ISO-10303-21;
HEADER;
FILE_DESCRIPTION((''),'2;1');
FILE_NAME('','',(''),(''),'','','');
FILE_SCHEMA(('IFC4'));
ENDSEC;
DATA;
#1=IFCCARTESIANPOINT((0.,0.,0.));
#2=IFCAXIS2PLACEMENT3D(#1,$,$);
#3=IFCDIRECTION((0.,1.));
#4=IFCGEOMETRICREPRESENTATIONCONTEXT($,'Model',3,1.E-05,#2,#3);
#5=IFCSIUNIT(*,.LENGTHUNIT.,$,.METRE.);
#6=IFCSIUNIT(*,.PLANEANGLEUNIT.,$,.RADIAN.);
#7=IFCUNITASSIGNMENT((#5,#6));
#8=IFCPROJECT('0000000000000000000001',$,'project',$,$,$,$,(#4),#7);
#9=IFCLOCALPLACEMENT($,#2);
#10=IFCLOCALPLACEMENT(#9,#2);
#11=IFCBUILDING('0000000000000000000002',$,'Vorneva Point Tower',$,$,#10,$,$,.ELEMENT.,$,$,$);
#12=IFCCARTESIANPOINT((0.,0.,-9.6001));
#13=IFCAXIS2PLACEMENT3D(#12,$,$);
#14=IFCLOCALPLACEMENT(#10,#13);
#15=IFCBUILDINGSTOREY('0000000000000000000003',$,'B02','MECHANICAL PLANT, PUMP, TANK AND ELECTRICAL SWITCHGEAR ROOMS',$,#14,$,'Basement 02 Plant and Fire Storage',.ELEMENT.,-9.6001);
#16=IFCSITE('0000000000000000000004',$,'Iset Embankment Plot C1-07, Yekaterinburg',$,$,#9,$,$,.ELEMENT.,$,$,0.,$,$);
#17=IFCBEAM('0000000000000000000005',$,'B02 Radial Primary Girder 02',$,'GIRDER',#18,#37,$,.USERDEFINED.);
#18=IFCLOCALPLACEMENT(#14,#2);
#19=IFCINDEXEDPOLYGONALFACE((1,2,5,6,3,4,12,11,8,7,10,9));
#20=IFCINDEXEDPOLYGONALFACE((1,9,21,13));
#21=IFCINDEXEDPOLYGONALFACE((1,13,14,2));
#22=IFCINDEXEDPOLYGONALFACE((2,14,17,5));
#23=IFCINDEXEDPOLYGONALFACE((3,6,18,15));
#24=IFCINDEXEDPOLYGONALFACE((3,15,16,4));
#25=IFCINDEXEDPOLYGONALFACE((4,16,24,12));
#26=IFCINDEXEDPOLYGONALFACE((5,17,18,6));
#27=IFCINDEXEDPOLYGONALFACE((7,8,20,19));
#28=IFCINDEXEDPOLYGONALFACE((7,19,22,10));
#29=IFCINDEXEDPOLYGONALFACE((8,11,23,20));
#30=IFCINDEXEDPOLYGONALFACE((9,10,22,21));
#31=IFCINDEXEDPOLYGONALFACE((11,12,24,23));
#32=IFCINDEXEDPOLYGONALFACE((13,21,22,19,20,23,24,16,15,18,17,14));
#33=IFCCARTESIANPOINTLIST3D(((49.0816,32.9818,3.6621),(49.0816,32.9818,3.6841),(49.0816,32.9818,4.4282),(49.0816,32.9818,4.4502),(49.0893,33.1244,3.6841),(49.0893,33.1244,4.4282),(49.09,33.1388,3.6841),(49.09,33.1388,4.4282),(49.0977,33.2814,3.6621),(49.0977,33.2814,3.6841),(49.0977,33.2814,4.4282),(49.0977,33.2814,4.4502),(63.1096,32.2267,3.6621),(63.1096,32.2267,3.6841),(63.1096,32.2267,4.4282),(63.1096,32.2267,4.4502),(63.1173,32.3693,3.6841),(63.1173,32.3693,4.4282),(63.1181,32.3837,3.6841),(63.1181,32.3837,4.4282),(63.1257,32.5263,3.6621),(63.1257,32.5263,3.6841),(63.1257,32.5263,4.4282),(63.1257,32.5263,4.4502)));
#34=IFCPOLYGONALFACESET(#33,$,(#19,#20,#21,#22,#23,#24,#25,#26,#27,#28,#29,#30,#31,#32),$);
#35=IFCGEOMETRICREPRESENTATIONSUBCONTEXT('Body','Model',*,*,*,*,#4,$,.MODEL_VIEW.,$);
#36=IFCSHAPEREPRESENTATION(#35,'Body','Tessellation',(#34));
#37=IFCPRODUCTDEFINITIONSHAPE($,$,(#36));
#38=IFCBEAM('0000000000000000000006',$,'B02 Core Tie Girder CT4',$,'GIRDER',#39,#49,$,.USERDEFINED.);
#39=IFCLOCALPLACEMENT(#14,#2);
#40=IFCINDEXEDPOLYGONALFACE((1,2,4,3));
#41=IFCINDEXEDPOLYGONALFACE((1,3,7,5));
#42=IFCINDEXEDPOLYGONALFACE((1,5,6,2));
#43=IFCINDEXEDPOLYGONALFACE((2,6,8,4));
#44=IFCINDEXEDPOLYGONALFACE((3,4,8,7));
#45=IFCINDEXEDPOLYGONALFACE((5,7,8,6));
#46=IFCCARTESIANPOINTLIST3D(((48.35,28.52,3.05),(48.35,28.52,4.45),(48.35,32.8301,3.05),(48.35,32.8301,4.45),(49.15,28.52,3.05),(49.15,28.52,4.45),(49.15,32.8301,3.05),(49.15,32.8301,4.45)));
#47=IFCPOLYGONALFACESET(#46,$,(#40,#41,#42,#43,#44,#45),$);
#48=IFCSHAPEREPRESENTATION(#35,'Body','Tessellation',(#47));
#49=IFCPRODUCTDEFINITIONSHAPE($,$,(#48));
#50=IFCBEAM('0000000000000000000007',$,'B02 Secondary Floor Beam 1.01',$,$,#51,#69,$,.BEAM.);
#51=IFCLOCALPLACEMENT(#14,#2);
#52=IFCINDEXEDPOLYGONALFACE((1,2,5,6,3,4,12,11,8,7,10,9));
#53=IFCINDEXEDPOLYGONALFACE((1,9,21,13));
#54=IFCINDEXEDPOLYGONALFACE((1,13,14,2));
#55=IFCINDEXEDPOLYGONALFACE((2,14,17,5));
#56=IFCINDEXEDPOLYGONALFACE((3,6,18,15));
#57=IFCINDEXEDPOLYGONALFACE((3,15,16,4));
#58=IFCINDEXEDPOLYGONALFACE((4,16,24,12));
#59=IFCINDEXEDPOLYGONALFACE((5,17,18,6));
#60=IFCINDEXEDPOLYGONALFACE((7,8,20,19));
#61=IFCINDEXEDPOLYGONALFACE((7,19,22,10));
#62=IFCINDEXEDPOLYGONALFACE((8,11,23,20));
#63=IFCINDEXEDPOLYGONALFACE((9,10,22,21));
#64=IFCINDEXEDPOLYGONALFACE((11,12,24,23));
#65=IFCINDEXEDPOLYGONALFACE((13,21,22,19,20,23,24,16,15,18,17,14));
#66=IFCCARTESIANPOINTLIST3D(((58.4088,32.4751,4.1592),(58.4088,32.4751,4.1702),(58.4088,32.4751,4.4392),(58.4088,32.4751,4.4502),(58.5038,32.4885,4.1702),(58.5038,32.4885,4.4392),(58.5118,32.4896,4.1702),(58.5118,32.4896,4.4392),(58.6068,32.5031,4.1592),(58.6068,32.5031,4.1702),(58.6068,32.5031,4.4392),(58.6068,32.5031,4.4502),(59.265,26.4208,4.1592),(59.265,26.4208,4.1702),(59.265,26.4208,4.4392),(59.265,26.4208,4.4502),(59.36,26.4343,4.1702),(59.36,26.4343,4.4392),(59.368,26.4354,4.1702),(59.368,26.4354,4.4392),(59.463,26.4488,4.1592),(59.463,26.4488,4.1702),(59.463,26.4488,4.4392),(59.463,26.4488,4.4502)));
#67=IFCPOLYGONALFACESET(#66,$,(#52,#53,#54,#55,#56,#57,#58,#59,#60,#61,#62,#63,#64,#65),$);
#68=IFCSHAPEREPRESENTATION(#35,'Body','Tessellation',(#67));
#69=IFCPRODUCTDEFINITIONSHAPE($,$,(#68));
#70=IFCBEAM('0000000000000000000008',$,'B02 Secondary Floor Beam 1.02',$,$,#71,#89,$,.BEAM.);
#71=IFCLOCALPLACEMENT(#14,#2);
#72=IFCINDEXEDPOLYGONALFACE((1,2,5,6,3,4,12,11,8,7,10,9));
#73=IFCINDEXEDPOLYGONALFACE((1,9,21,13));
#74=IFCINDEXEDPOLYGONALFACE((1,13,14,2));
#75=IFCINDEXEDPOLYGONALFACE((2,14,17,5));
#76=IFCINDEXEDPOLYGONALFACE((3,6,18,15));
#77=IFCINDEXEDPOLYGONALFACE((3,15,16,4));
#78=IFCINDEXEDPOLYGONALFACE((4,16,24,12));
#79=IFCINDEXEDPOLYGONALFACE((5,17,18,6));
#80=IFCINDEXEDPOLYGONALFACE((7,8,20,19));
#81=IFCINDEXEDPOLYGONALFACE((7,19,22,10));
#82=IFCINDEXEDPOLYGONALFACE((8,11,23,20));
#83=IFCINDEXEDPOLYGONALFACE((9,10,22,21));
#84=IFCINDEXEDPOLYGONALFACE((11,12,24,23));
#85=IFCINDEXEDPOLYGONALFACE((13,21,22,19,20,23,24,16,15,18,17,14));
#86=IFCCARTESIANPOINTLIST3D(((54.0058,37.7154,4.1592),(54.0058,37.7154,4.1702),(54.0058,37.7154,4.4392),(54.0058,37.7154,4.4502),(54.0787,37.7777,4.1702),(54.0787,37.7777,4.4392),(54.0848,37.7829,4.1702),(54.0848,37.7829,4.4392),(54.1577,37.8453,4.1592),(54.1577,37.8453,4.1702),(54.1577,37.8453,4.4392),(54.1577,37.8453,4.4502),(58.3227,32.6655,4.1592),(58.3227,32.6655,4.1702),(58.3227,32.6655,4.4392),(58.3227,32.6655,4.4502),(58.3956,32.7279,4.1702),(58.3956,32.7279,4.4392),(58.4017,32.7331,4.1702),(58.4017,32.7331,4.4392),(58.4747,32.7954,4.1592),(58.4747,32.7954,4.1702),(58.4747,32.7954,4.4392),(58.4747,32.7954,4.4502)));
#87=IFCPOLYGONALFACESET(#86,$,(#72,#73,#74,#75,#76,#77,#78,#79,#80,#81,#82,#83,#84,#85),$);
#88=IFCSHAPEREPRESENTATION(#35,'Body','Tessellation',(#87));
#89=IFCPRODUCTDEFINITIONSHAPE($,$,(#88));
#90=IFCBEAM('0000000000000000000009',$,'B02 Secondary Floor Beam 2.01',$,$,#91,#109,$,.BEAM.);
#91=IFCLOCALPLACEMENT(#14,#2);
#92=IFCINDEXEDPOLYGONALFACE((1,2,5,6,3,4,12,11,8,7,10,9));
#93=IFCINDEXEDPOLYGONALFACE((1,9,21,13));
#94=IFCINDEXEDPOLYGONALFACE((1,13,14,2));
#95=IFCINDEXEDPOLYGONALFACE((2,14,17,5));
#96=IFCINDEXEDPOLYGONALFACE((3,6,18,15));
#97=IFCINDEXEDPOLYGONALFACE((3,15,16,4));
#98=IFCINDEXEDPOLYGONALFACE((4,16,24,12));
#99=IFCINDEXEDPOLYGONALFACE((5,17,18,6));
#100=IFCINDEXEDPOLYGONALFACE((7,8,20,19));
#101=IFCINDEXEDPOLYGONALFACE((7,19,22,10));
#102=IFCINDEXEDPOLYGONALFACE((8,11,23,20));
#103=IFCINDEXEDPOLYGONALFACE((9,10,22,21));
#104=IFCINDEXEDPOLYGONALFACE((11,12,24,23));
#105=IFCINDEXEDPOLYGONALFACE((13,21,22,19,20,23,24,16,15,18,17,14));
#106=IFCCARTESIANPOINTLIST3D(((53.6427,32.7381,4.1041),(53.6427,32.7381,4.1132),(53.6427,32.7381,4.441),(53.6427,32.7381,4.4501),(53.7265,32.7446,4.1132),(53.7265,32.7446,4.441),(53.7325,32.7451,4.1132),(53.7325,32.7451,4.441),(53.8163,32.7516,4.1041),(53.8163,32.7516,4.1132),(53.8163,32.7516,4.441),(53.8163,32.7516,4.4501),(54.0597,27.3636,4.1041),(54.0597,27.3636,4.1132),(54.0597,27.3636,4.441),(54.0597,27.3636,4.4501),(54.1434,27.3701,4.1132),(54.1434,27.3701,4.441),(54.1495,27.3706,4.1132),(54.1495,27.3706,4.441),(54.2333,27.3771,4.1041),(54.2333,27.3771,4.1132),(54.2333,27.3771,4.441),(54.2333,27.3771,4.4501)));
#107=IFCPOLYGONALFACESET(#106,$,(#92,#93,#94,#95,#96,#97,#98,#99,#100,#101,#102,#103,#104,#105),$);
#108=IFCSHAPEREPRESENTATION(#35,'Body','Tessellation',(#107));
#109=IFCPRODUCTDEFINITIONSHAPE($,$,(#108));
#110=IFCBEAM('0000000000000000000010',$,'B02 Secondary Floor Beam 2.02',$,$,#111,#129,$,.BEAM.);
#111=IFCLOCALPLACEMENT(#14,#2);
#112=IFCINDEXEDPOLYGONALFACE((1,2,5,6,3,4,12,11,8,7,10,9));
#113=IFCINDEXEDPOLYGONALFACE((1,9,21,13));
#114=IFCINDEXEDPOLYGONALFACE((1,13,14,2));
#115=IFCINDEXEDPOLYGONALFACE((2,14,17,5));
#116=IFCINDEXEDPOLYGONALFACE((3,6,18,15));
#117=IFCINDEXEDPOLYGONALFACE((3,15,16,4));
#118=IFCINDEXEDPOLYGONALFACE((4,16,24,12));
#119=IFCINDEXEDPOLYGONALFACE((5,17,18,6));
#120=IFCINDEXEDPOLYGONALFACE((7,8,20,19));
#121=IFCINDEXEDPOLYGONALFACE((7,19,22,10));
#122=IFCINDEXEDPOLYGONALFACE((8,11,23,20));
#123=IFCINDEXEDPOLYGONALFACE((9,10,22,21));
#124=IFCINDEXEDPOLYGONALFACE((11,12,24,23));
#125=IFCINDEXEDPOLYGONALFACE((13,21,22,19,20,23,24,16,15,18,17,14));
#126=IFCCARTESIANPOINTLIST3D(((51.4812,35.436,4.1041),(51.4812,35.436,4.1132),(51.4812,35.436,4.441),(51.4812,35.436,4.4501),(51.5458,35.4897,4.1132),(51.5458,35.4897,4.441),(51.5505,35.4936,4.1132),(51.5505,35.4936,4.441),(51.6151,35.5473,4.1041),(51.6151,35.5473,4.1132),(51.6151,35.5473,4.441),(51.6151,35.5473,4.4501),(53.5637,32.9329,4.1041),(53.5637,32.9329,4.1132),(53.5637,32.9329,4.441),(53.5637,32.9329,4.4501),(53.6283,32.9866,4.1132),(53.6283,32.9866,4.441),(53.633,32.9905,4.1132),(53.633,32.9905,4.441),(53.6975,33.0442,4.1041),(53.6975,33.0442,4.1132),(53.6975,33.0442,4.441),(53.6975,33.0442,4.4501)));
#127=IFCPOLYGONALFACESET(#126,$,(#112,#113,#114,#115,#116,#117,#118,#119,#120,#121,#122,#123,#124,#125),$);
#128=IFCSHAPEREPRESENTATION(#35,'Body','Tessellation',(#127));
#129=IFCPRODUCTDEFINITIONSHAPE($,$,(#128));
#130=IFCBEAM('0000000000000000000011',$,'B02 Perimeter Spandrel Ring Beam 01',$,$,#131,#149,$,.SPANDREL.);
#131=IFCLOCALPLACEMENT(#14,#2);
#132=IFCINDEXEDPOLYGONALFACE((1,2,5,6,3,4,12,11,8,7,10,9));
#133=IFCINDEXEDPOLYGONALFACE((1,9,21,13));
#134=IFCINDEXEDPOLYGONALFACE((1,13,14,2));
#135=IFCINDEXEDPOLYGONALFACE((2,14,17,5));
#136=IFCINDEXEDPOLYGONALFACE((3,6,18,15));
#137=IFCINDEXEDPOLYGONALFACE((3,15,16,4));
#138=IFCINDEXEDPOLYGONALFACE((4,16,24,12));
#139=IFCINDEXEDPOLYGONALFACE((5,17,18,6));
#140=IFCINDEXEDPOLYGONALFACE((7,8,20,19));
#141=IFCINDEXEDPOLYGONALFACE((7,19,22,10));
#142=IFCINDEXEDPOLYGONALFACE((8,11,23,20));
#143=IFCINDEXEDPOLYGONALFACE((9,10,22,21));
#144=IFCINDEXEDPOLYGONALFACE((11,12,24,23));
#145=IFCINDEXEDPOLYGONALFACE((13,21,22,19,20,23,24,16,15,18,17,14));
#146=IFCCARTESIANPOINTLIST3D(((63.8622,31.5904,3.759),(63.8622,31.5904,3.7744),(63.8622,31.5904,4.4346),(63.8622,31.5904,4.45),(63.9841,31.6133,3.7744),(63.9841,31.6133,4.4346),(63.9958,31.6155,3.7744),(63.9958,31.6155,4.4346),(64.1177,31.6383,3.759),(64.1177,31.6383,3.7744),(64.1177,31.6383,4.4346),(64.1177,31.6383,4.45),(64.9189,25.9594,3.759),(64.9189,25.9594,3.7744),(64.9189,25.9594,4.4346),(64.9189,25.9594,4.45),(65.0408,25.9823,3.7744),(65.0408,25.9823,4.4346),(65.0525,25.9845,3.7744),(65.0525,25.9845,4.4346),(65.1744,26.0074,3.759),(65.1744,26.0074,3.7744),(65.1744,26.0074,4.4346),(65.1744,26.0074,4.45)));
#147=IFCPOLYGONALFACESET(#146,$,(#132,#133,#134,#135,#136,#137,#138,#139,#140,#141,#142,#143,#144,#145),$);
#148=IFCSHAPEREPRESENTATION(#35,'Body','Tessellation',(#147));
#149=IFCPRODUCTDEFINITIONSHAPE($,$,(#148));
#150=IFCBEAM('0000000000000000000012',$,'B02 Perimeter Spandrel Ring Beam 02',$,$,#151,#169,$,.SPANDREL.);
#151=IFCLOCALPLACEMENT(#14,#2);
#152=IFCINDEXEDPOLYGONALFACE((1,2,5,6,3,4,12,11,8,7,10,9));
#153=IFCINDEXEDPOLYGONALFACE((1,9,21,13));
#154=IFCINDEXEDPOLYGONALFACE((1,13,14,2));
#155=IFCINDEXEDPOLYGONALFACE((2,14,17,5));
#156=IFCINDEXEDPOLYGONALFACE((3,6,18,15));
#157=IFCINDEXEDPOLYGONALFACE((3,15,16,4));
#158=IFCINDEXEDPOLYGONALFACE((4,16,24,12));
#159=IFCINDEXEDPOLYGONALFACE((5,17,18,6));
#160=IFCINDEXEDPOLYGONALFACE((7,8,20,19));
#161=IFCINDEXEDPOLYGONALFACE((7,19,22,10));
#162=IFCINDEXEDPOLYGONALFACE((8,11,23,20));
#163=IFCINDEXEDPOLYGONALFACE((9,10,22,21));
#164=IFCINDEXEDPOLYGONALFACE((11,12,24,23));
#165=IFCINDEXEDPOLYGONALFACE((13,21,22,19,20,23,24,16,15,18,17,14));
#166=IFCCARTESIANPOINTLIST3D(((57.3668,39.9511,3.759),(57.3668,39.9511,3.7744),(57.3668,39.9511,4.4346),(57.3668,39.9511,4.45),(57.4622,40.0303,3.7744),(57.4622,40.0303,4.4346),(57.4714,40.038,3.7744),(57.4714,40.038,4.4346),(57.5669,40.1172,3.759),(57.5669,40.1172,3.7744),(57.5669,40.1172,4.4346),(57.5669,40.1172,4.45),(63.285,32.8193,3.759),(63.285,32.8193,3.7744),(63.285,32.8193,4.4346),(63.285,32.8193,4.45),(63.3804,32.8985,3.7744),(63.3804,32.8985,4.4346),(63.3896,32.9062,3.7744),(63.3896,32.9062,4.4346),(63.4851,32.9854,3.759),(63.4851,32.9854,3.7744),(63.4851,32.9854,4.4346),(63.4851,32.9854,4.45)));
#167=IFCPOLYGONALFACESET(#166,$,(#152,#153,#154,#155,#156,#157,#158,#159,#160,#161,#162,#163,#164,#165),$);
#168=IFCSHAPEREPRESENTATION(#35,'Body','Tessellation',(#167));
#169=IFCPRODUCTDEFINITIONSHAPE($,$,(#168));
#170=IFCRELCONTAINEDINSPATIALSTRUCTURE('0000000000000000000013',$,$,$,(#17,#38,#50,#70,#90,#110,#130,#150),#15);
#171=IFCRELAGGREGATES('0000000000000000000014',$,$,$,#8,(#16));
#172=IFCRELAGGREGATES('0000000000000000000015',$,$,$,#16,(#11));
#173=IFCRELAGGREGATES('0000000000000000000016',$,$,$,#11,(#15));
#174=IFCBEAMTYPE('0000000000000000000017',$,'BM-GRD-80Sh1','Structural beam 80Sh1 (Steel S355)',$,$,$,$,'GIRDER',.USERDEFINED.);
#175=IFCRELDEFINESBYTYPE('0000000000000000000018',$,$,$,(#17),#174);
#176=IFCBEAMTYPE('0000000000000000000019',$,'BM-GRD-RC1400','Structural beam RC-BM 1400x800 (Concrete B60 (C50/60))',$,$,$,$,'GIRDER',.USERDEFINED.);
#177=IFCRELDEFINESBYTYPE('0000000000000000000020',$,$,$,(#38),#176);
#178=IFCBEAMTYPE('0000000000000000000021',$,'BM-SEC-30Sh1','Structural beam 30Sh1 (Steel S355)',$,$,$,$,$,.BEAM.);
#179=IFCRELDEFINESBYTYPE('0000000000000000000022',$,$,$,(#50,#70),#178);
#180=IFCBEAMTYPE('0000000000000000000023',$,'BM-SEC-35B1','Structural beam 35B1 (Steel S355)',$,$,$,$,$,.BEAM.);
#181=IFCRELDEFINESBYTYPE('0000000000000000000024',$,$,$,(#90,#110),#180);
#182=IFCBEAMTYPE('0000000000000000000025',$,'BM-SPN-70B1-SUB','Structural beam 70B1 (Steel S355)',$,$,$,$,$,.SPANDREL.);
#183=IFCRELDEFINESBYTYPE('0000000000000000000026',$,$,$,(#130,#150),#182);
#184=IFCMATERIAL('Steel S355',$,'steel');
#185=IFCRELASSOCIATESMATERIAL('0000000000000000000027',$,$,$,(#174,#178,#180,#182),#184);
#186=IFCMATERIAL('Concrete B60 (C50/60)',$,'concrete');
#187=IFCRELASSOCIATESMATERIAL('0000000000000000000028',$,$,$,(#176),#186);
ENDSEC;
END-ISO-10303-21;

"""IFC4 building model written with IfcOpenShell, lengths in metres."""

from ifc_helpers import new_model, si_unit, direction, frame, origin, origin_2d, place, context, subcontext, project, spatial, rectangle, i_section, extrude, material, material_profile, profile_set, type_object, element, save


model = new_model("IFC4")

# Units and contexts
model_context = context("Model", 3, precision=1e-05, world=origin(), true_north=direction((0.0, 1.0)))
body_context = subcontext(model_context, "Body", "Model", "MODEL_VIEW")
ifc_project = project(units=[si_unit("LENGTHUNIT", "METRE"), si_unit("PLANEANGLEUNIT", "RADIAN")], contexts=[model_context])

# Site, building, storey
site_placement = place(None, origin())
site = spatial("IfcSite", under=ifc_project, at=site_placement, Name="Iset Embankment Plot C1-07, Yekaterinburg", CompositionType="ELEMENT", RefElevation=0.0)
building_placement = place(site_placement, origin())
building = spatial("IfcBuilding", under=site, at=building_placement, Name="Vorneva Point Tower", CompositionType="ELEMENT")
storey_placement = place(building_placement, frame((0.0, 0.0, -9.6001)))
storey = spatial("IfcBuildingStorey", under=building, at=storey_placement, Name="B02", Description="MECHANICAL PLANT, PUMP, TANK AND ELECTRICAL SWITCHGEAR ROOMS", LongName="Basement 02 Plant and Fire Storage", CompositionType="ELEMENT", Elevation=-9.6001)

# Shared definitions
ifc_material_1 = material(Name="Concrete B60 (C50/60)", Category="concrete")

# Beams
ifc_material_2 = material(Name="Steel S355", Category="steel")
ifc_material_profile_1 = material_profile(ifc_material_2, i_section(OverallWidth=0.3, OverallDepth=0.7881, WebThickness=0.0144, FlangeThickness=0.022, at=origin_2d()), Name="80Sh1")
ifc_profile_set_1 = profile_set([ifc_material_profile_1], Name="Steel S355")
beam_type_1 = type_object("IfcBeamType", Name="BM-GRD-80Sh1", Description="Structural beam 80Sh1 (Steel S355)", ElementType="GIRDER", PredefinedType="USERDEFINED", material=ifc_profile_set_1)
beam_1_placement = place(storey_placement, frame((63.1177, 32.3765, 4.0562), z_axis=(-0.998554, 0.053752, 0.0), x_axis=(-0.053752, -0.998554, 0.0)))
element("IfcBeam", 1, at=beam_1_placement, inside=storey, type_object=beam_type_1, Name="B02 Radial Primary Girder 02", ObjectType="GIRDER", PredefinedType="USERDEFINED", context=body_context, shape_type="SweptSolid", body=[
    extrude(i_section(OverallWidth=0.3, OverallDepth=0.7881, WebThickness=0.0144, FlangeThickness=0.022, at=origin_2d()), origin(), (0.0, 0.0, 1.0), 14.0483),
])
ifc_material_profile_2 = material_profile(ifc_material_1, rectangle(XDim=0.8, YDim=1.3999, at=origin_2d()), Name="RC-BM 1400x800")
ifc_profile_set_2 = profile_set([ifc_material_profile_2], Name="Concrete B60 (C50/60)")
beam_type_2 = type_object("IfcBeamType", Name="BM-GRD-RC1400", Description="Structural beam RC-BM 1400x800 (Concrete B60 (C50/60))", ElementType="GIRDER", PredefinedType="USERDEFINED", material=ifc_profile_set_2)
beam_2_placement = place(storey_placement, frame((48.75, 28.52, 3.75), z_axis=(0.0, 1.0, 0.0), x_axis=(-1.0, 0.0, 0.0)))
element("IfcBeam", 2, at=beam_2_placement, inside=storey, type_object=beam_type_2, Name="B02 Core Tie Girder CT4", ObjectType="GIRDER", PredefinedType="USERDEFINED", context=body_context, shape_type="SweptSolid", body=[
    extrude(rectangle(XDim=0.8, YDim=1.3999, at=origin_2d()), origin(), (0.0, 0.0, 1.0), 4.3101),
])
ifc_material_profile_3 = material_profile(ifc_material_2, i_section(OverallWidth=0.2, OverallDepth=0.291, WebThickness=0.0081, FlangeThickness=0.011, at=origin_2d()), Name="30Sh1")
ifc_profile_set_3 = profile_set([ifc_material_profile_3], Name="Steel S355")
beam_type_3 = type_object("IfcBeamType", Name="BM-SEC-30Sh1", Description="Structural beam 30Sh1 (Steel S355)", PredefinedType="BEAM", material=ifc_profile_set_3)
beam_3_placement = place(storey_placement, frame((59.364, 26.4348, 4.3047), z_axis=(-0.140029, 0.990147, 0.0), x_axis=(-0.990147, -0.140029, 0.0)))
element("IfcBeam", 3, at=beam_3_placement, inside=storey, type_object=beam_type_3, Name="B02 Secondary Floor Beam 1.01", PredefinedType="BEAM", context=body_context, shape_type="SweptSolid", body=[
    extrude(i_section(OverallWidth=0.2, OverallDepth=0.291, WebThickness=0.0081, FlangeThickness=0.011, at=origin_2d()), origin(), (0.0, 0.0, 1.0), 6.1145),
])
beam_4_placement = place(storey_placement, frame((58.3987, 32.7305, 4.3047), z_axis=(-0.649792, 0.760112, 0.0), x_axis=(-0.760112, -0.649792, 0.0)))
element("IfcBeam", 4, at=beam_4_placement, inside=storey, type_object=beam_type_3, Name="B02 Secondary Floor Beam 1.02", PredefinedType="BEAM", context=body_context, shape_type="SweptSolid", body=[
    extrude(i_section(OverallWidth=0.2, OverallDepth=0.291, WebThickness=0.0081, FlangeThickness=0.011, at=origin_2d()), origin(), (0.0, 0.0, 1.0), 6.6436),
])
ifc_material_profile_4 = material_profile(ifc_material_2, i_section(OverallWidth=0.1741, OverallDepth=0.3459, WebThickness=0.0061, FlangeThickness=0.009, at=origin_2d()), Name="35B1")
ifc_profile_set_4 = profile_set([ifc_material_profile_4], Name="Steel S355")
beam_type_4 = type_object("IfcBeamType", Name="BM-SEC-35B1", Description="Structural beam 35B1 (Steel S355)", PredefinedType="BEAM", material=ifc_profile_set_4)
beam_5_placement = place(storey_placement, frame((54.1465, 27.3704, 4.2771), z_axis=(-0.077355, 0.997004, 0.0), x_axis=(-0.997004, -0.077355, 0.0)))
element("IfcBeam", 5, at=beam_5_placement, inside=storey, type_object=beam_type_4, Name="B02 Secondary Floor Beam 2.01", PredefinedType="BEAM", context=body_context, shape_type="SweptSolid", body=[
    extrude(i_section(OverallWidth=0.1741, OverallDepth=0.3459, WebThickness=0.0061, FlangeThickness=0.009, at=origin_2d()), origin(), (0.0, 0.0, 1.0), 5.3906),
])
beam_6_placement = place(storey_placement, frame((53.6306, 32.9885, 4.2771), z_axis=(-0.639557, 0.768743, 0.0), x_axis=(-0.768743, -0.639557, 0.0)))
element("IfcBeam", 6, at=beam_6_placement, inside=storey, type_object=beam_type_4, Name="B02 Secondary Floor Beam 2.02", PredefinedType="BEAM", context=body_context, shape_type="SweptSolid", body=[
    extrude(i_section(OverallWidth=0.1741, OverallDepth=0.3459, WebThickness=0.0061, FlangeThickness=0.009, at=origin_2d()), origin(), (0.0, 0.0, 1.0), 3.2561),
])
ifc_material_profile_5 = material_profile(ifc_material_2, i_section(OverallWidth=0.26, OverallDepth=0.6909, WebThickness=0.012, FlangeThickness=0.0154, at=origin_2d()), Name="70B1")
ifc_profile_set_5 = profile_set([ifc_material_profile_5], Name="Steel S355")
beam_type_5 = type_object("IfcBeamType", Name="BM-SPN-70B1-SUB", Description="Structural beam 70B1 (Steel S355)", PredefinedType="SPANDREL", material=ifc_profile_set_5)
beam_7_placement = place(storey_placement, frame((65.0466, 25.9834, 4.1045), z_axis=(-0.184433, 0.982845, 0.0), x_axis=(-0.982845, -0.184433, 0.0)))
element("IfcBeam", 7, at=beam_7_placement, inside=storey, type_object=beam_type_5, Name="B02 Perimeter Spandrel Ring Beam 01", PredefinedType="SPANDREL", context=body_context, shape_type="SweptSolid", body=[
    extrude(i_section(OverallWidth=0.26, OverallDepth=0.6909, WebThickness=0.012, FlangeThickness=0.0154, at=origin_2d()), origin(), (0.0, 0.0, 1.0), 5.7292),
])
beam_8_placement = place(storey_placement, frame((63.385, 32.9023, 4.1045), z_axis=(-0.638592, 0.769545, 0.0), x_axis=(-0.769545, -0.638592, 0.0)))
element("IfcBeam", 8, at=beam_8_placement, inside=storey, type_object=beam_type_5, Name="B02 Perimeter Spandrel Ring Beam 02", PredefinedType="SPANDREL", context=body_context, shape_type="SweptSolid", body=[
    extrude(i_section(OverallWidth=0.26, OverallDepth=0.6909, WebThickness=0.012, FlangeThickness=0.0154, at=origin_2d()), origin(), (0.0, 0.0, 1.0), 9.2676),
])

save(model, "model.ifc")
